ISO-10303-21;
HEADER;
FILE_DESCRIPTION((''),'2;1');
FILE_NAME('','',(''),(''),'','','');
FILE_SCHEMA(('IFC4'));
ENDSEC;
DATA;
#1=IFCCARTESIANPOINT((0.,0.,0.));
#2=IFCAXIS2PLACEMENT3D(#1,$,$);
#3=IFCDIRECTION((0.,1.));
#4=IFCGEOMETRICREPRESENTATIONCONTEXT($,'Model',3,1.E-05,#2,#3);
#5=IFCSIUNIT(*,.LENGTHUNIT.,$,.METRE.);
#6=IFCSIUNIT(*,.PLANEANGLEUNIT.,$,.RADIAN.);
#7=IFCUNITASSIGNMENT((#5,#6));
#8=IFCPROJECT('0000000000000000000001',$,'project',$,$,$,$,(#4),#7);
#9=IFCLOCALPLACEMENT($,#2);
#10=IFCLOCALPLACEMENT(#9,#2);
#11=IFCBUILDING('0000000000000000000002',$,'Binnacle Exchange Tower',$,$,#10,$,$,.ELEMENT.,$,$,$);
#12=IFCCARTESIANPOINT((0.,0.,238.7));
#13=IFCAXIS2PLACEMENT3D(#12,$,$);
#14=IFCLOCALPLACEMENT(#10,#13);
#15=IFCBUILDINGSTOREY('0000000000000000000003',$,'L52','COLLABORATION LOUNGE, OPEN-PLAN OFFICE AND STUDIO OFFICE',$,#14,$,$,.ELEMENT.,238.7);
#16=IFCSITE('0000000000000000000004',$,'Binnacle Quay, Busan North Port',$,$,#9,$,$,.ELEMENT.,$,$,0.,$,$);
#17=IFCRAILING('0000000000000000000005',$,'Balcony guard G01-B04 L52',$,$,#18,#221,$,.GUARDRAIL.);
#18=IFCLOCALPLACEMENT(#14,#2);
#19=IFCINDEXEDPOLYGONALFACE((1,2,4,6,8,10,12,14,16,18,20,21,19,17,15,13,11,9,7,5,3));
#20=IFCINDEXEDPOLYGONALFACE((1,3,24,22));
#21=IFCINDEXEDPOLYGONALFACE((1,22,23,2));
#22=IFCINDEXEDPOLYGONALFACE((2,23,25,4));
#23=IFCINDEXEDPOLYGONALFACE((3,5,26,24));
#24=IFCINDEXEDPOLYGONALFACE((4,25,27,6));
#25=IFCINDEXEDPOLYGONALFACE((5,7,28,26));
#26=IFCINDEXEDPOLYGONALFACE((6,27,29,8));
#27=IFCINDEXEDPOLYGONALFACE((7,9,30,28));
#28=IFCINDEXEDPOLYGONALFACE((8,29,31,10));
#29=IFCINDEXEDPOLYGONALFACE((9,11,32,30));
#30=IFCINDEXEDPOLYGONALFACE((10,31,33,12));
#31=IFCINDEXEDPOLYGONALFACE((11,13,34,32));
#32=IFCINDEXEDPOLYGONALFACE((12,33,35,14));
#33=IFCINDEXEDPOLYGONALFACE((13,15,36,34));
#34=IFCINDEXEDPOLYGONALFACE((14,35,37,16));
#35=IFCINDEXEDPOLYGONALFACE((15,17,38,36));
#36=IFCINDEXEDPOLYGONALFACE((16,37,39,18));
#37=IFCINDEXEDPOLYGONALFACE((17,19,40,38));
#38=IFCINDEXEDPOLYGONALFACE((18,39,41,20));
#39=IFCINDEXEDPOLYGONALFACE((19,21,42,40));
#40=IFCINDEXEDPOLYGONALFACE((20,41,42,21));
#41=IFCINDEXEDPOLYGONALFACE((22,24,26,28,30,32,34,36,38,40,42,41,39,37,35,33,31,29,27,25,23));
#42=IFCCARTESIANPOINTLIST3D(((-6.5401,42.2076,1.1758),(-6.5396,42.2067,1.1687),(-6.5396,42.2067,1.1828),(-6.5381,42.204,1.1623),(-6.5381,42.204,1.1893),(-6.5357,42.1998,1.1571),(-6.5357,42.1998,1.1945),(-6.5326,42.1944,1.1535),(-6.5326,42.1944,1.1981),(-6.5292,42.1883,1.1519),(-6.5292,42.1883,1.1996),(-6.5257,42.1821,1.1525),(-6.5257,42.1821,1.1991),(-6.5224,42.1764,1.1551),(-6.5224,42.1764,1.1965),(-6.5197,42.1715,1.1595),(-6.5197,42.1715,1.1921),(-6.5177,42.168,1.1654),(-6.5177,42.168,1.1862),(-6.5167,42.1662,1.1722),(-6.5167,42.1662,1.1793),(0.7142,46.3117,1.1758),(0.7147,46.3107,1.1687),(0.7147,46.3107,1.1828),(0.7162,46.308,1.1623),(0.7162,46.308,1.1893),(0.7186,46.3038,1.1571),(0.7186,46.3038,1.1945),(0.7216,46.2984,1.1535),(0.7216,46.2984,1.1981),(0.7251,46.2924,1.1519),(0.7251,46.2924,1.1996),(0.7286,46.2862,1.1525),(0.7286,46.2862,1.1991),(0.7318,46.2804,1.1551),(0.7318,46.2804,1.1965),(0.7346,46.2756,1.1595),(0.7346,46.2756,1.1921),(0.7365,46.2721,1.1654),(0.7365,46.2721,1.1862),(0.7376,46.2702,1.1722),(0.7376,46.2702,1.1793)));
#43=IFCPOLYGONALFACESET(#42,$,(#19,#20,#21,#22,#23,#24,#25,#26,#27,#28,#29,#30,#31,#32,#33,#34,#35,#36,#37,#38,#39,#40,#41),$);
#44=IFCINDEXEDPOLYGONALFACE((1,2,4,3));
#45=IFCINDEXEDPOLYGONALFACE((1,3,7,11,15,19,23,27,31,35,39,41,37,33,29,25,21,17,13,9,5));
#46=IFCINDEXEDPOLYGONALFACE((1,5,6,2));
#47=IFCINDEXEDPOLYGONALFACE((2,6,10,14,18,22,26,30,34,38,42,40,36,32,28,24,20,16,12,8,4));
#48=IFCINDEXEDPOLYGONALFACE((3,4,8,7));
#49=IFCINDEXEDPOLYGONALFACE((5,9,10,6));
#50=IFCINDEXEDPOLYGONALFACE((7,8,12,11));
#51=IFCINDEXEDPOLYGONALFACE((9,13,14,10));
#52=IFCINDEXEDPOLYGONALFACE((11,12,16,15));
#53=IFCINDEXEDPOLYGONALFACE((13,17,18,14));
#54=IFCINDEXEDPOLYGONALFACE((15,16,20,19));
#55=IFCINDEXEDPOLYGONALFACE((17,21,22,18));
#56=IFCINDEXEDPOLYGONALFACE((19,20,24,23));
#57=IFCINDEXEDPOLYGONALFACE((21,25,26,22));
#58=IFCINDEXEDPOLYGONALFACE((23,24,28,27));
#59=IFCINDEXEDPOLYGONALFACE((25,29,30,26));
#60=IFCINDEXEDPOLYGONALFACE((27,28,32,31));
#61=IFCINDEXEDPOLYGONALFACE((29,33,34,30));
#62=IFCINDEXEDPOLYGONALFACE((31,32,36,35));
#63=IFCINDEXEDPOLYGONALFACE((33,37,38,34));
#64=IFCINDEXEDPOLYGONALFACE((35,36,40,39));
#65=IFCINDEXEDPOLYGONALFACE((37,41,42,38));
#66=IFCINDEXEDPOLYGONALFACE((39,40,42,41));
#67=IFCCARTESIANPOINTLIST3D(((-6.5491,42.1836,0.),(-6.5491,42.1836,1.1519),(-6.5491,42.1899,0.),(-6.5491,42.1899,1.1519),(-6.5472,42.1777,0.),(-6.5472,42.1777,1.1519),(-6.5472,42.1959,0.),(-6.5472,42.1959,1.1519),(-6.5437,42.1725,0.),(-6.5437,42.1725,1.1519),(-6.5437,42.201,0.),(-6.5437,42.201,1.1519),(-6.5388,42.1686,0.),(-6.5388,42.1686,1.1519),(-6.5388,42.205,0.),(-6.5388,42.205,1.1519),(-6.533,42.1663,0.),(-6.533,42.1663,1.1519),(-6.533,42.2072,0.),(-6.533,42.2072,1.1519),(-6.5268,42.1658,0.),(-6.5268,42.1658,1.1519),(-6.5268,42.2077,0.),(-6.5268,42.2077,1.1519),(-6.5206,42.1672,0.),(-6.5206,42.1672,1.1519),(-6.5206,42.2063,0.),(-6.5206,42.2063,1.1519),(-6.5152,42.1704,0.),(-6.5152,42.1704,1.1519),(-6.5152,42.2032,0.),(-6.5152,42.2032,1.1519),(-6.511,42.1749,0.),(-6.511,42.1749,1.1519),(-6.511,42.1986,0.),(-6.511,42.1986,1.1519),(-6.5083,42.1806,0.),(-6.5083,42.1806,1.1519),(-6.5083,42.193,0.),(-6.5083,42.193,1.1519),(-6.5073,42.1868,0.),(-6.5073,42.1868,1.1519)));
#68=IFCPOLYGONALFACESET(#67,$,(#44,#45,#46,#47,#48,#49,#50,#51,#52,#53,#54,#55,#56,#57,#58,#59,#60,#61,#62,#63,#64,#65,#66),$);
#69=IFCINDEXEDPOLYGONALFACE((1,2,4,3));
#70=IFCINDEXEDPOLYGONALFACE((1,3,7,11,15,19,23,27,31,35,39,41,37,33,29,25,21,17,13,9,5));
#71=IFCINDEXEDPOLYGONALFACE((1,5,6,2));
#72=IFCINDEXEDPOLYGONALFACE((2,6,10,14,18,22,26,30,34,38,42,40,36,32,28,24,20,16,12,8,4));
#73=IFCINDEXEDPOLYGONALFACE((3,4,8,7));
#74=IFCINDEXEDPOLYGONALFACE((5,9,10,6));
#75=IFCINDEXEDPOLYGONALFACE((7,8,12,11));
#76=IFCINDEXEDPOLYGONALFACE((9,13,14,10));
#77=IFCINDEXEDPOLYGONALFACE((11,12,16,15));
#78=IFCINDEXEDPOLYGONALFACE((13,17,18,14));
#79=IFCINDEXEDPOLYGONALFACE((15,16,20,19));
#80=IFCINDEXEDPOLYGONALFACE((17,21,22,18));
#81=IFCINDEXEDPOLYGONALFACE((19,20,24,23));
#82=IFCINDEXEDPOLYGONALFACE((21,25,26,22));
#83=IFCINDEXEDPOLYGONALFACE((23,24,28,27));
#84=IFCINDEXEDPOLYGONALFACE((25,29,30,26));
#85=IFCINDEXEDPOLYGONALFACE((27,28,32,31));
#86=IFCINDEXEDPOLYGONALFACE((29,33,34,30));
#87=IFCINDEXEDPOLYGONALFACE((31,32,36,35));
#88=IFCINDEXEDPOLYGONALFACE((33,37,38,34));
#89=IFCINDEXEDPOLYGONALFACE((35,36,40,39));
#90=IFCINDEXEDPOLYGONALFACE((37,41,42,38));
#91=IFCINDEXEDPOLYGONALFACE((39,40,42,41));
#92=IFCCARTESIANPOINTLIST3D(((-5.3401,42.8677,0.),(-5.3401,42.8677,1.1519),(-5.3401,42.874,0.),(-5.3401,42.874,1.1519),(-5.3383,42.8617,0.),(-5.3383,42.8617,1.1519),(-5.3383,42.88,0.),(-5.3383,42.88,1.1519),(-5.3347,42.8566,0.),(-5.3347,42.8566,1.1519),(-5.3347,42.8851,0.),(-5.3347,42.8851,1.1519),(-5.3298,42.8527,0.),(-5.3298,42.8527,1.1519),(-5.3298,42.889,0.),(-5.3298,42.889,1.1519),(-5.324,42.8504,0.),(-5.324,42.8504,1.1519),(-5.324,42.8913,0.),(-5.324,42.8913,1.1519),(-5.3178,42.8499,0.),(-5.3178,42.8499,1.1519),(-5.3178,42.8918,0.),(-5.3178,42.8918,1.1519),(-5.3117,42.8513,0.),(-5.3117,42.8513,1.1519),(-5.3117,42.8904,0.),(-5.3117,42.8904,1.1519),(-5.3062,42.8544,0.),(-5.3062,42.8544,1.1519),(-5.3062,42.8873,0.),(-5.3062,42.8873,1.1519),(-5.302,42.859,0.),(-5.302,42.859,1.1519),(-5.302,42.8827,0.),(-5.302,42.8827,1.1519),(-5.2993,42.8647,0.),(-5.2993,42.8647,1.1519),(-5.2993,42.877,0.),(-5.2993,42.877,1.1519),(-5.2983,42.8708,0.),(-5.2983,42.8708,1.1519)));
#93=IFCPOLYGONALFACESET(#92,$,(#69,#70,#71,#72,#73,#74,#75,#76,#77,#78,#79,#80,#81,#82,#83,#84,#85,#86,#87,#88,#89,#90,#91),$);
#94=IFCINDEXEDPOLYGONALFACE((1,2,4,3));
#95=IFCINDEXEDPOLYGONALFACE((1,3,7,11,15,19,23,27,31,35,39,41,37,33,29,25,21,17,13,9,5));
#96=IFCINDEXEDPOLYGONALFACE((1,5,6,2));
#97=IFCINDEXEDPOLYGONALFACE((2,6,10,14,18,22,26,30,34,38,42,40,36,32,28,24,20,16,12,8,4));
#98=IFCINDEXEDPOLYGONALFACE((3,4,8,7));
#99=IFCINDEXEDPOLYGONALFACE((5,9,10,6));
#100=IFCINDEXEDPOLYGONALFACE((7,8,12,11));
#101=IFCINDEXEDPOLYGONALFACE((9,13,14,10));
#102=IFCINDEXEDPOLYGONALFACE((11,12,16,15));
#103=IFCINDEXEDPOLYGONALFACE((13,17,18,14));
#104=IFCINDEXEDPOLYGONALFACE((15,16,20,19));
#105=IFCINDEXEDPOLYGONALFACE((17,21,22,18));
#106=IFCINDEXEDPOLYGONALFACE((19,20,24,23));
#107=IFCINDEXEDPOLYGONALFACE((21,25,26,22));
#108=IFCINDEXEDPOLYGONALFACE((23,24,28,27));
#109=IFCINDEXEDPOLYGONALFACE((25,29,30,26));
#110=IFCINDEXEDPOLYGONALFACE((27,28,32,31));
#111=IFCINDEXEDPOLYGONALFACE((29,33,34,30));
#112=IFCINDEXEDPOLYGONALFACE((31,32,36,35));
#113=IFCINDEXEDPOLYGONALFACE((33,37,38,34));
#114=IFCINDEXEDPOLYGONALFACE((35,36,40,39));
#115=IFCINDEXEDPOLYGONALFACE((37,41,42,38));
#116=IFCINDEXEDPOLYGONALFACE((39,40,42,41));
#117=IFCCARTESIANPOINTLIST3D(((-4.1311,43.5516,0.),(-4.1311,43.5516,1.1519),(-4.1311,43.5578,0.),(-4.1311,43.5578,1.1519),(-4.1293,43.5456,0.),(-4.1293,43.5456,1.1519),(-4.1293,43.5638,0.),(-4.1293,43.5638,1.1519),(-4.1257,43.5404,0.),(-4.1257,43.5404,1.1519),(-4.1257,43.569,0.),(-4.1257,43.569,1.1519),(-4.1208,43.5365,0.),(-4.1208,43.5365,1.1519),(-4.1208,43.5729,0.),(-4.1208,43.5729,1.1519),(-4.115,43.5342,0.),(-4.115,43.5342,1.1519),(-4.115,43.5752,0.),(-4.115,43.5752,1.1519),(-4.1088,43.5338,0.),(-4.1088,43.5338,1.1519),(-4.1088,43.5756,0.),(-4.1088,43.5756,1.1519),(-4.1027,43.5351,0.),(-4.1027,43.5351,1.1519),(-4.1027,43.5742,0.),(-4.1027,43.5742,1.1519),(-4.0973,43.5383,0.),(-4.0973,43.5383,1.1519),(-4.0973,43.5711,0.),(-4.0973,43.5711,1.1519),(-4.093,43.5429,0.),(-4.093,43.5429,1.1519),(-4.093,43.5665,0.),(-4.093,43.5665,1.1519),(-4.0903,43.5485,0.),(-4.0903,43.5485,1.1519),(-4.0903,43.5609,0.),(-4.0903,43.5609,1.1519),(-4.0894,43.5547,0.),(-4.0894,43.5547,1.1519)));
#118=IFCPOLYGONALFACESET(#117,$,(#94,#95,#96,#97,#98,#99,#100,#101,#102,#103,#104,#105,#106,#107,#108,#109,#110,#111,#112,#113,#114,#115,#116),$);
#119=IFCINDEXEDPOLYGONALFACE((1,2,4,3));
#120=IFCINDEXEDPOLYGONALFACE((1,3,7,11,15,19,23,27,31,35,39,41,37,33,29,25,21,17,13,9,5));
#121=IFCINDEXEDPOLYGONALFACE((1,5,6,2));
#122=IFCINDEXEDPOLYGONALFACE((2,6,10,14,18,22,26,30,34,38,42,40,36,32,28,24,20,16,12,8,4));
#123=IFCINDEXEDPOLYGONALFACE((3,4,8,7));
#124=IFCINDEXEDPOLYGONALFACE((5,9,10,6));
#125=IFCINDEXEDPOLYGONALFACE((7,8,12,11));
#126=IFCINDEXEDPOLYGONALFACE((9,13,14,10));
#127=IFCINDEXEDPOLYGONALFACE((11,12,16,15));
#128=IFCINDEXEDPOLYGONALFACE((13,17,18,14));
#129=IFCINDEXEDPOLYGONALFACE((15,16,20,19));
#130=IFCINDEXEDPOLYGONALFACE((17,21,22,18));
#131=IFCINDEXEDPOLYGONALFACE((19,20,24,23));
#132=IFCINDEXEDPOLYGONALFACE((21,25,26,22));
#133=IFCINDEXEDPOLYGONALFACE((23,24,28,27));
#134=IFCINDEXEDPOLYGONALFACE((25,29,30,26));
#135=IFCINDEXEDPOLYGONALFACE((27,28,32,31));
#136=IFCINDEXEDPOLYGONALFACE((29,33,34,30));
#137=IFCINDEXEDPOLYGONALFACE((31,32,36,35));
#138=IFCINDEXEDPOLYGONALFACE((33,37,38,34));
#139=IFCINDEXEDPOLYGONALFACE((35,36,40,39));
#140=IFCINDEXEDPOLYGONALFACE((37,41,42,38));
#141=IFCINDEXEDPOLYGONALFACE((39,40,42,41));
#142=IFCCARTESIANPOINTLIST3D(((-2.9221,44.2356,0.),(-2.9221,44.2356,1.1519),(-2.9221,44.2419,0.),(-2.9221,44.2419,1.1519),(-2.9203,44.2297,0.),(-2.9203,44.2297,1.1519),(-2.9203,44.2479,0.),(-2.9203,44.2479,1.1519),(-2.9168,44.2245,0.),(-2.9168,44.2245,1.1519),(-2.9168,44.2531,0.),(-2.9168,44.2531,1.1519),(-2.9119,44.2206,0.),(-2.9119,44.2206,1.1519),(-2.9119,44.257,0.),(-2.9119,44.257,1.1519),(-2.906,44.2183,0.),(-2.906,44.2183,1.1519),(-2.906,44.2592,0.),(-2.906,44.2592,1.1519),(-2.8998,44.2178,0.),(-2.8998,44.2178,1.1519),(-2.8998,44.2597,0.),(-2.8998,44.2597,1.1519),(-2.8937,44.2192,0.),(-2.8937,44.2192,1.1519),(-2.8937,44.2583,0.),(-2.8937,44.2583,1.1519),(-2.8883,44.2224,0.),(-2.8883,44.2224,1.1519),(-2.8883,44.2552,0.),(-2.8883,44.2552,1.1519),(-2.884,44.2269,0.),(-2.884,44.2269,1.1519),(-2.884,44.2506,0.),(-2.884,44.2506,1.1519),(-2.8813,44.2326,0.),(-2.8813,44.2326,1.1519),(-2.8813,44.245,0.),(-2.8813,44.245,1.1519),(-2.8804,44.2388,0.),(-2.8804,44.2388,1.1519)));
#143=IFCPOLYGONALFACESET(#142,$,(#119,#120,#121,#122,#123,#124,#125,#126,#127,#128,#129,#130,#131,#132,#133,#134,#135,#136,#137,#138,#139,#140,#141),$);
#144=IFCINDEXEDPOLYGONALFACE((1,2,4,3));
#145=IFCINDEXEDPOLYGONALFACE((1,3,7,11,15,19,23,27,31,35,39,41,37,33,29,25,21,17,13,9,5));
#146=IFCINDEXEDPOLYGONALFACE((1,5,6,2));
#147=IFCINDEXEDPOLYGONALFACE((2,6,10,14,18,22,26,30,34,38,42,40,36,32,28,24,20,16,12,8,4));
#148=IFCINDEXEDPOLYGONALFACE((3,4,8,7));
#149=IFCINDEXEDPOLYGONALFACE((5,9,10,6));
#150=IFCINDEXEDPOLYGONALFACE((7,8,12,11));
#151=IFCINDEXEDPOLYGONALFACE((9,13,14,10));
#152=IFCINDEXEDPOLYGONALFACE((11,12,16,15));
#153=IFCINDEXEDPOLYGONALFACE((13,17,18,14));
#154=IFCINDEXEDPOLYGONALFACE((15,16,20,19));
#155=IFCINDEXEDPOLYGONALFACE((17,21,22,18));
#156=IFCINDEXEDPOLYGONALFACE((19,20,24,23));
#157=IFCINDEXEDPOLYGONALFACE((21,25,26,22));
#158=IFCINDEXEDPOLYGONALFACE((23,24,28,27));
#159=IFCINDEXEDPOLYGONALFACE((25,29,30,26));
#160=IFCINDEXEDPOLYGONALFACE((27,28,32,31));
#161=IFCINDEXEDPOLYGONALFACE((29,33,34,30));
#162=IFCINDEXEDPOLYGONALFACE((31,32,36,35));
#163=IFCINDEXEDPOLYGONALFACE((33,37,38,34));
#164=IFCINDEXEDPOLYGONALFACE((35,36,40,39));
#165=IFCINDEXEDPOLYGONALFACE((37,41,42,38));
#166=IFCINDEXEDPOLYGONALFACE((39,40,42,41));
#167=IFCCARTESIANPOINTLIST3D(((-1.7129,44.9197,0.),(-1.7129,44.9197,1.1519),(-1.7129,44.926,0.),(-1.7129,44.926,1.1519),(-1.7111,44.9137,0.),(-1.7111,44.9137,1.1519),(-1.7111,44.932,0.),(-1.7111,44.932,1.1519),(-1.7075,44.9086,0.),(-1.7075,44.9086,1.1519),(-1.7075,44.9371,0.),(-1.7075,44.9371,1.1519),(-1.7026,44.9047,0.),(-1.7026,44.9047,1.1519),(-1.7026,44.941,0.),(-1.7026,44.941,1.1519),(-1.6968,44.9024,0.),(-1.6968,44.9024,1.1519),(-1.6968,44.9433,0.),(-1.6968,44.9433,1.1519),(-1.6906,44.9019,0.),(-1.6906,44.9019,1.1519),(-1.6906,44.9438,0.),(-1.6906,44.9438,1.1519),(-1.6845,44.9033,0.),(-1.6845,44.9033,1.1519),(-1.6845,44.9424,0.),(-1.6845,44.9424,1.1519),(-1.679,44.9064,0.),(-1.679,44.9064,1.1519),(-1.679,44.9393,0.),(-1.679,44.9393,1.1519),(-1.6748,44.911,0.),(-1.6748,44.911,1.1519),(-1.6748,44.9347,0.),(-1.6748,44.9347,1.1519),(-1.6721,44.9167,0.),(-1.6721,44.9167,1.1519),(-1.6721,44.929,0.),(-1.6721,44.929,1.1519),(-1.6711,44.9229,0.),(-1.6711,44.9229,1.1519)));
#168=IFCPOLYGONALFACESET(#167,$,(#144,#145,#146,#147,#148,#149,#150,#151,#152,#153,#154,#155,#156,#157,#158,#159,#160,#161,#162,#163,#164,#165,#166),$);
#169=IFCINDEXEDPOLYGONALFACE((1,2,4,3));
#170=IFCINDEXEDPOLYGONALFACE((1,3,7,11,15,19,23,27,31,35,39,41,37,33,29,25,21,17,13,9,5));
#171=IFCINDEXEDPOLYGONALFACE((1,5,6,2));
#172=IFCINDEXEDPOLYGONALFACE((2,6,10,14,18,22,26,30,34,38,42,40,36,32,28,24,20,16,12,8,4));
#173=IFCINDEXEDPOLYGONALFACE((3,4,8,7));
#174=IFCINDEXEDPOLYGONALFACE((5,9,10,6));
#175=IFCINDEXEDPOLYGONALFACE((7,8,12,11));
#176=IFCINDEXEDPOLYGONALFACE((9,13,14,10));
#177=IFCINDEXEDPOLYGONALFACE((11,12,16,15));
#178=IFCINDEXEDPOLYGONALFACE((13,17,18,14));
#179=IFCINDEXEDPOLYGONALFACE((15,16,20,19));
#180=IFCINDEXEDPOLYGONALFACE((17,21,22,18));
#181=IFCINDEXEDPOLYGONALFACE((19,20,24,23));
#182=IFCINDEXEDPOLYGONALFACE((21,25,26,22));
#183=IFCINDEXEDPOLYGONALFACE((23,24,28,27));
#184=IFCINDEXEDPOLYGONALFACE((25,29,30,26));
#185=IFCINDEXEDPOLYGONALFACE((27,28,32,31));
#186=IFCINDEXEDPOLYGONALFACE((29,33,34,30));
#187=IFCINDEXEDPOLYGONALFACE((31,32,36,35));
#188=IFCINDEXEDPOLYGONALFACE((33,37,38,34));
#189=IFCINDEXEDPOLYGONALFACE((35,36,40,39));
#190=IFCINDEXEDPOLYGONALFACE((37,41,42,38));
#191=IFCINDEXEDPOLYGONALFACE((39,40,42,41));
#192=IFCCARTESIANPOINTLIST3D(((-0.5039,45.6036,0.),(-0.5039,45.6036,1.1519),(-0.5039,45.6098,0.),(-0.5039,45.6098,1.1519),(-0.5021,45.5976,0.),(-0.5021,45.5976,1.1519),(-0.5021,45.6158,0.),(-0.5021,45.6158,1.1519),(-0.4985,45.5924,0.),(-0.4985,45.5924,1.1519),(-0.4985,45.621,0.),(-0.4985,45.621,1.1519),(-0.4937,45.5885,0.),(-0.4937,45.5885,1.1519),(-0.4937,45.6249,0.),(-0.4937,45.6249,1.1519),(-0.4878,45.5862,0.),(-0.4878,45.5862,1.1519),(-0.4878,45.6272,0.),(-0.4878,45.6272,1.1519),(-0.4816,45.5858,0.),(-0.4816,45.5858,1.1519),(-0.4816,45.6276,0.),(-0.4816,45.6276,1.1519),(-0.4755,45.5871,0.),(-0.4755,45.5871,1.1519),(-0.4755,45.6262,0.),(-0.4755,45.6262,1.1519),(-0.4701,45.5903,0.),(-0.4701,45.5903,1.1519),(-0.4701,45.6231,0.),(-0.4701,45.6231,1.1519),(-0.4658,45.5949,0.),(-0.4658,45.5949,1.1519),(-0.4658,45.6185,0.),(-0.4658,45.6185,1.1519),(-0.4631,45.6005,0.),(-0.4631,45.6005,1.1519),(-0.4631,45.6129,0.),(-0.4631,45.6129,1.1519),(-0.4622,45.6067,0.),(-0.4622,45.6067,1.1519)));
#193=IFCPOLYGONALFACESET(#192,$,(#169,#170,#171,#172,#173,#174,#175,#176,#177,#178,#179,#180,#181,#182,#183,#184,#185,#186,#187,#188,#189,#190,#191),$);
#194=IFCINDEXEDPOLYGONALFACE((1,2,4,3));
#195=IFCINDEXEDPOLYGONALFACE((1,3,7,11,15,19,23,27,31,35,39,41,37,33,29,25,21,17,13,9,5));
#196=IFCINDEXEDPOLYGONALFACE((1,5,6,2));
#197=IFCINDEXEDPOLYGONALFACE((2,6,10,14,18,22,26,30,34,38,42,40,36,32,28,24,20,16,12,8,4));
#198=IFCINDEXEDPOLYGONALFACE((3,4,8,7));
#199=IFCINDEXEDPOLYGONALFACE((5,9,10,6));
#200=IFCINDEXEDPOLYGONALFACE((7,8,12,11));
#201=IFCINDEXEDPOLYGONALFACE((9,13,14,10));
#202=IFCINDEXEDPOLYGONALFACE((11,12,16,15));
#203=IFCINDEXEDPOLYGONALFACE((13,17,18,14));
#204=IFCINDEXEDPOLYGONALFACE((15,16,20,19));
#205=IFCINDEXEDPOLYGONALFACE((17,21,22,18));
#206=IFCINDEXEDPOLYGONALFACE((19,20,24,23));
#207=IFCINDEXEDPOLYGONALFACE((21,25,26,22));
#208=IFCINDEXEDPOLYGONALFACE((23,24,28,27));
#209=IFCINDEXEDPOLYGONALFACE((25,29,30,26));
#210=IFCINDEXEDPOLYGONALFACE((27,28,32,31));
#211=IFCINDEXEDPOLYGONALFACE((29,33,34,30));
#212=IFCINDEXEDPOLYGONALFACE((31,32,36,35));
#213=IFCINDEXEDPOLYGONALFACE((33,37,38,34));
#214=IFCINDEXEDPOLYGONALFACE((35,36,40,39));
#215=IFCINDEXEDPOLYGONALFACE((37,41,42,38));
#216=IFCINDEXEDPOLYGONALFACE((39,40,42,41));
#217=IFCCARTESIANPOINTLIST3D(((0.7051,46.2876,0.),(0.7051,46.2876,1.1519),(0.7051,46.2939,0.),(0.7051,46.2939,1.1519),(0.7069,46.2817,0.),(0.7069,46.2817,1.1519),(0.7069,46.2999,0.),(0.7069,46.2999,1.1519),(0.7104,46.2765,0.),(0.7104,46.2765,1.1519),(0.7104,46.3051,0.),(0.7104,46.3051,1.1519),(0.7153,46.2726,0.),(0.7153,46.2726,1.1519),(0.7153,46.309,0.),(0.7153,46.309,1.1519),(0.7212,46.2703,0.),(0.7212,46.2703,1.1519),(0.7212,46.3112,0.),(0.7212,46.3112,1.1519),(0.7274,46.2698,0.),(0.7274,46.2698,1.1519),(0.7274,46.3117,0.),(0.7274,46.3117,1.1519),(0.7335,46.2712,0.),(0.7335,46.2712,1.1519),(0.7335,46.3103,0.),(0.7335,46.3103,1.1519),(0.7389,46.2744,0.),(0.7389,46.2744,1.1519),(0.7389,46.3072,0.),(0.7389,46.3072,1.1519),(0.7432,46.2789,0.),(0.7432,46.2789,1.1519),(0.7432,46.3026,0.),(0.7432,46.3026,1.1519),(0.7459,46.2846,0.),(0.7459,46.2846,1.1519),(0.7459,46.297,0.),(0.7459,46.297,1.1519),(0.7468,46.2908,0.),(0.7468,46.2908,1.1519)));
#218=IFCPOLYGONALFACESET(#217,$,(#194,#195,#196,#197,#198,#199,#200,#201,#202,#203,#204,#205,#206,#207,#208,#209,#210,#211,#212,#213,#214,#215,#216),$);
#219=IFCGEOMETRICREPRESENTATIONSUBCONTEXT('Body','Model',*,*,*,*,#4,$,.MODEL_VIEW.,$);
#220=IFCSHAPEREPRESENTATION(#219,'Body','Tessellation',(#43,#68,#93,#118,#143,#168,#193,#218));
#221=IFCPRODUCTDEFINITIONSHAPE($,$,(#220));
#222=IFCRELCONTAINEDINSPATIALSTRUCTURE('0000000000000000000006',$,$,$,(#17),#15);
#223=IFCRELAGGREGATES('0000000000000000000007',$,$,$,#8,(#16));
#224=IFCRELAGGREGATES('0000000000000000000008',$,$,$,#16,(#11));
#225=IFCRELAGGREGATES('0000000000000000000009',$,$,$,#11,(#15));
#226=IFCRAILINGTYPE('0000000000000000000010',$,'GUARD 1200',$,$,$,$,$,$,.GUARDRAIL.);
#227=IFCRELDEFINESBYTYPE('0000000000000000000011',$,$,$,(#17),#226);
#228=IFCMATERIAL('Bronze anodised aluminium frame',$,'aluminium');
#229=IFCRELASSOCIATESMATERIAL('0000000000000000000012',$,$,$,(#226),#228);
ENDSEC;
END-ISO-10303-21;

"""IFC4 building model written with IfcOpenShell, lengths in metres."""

from ifc_helpers import new_model, si_unit, direction, frame, origin, origin_2d, place, context, subcontext, project, spatial, circle, extrude, material, type_object, element, save


model = new_model("IFC4")

# Units and contexts
model_context = context("Model", 3, precision=1e-05, world=origin(), true_north=direction((0.0, 1.0)))
body_context = subcontext(model_context, "Body", "Model", "MODEL_VIEW")
ifc_project = project(units=[si_unit("LENGTHUNIT", "METRE"), si_unit("PLANEANGLEUNIT", "RADIAN")], contexts=[model_context])

# Site, building, storey
site_placement = place(None, origin())
site = spatial("IfcSite", under=ifc_project, at=site_placement, Name="Binnacle Quay, Busan North Port", CompositionType="ELEMENT", RefElevation=0.0)
building_placement = place(site_placement, origin())
building = spatial("IfcBuilding", under=site, at=building_placement, Name="Binnacle Exchange Tower", CompositionType="ELEMENT")
storey_placement = place(building_placement, frame((0.0, 0.0, 238.7)))
storey = spatial("IfcBuildingStorey", under=building, at=storey_placement, Name="L52", Description="COLLABORATION LOUNGE, OPEN-PLAN OFFICE AND STUDIO OFFICE", CompositionType="ELEMENT", Elevation=238.7)

# Railing
ifc_material_1 = material(Name="Bronze anodised aluminium frame", Category="aluminium")
railing_type = type_object("IfcRailingType", Name="GUARD 1200", PredefinedType="GUARDRAIL", material=ifc_material_1)
railing_1_placement = place(storey_placement, frame((-6.5283, 42.1868, 0.0)))
element("IfcRailing", 1, at=railing_1_placement, inside=storey, type_object=railing_type, Name="Balcony guard G01-B04 L52", PredefinedType="GUARDRAIL", context=body_context, shape_type="SweptSolid", body=[
    extrude(circle(Radius=0.0239, at=origin_2d()), frame((0.0, 0.0, 1.1758), z_axis=(0.870366, 0.492406, 0.0), x_axis=(-0.492406, 0.870366, 0.0)), (0.0, 0.0, 1.0), 8.3347),
    extrude(circle(Radius=0.021, at=origin_2d()), origin(), (0.0, 0.0, 1.0), 1.1519),
    extrude(circle(Radius=0.021, at=origin_2d()), frame((1.209, 0.6841, 0.0)), (0.0, 0.0, 1.0), 1.1519),
    extrude(circle(Radius=0.021, at=origin_2d()), frame((2.418, 1.3679, 0.0)), (0.0, 0.0, 1.0), 1.1519),
    extrude(circle(Radius=0.021, at=origin_2d()), frame((3.627, 2.052, 0.0)), (0.0, 0.0, 1.0), 1.1519),
    extrude(circle(Radius=0.021, at=origin_2d()), frame((4.8362, 2.7361, 0.0)), (0.0, 0.0, 1.0), 1.1519),
    extrude(circle(Radius=0.021, at=origin_2d()), frame((6.0452, 3.4199, 0.0)), (0.0, 0.0, 1.0), 1.1519),
    extrude(circle(Radius=0.021, at=origin_2d()), frame((7.2542, 4.104, 0.0)), (0.0, 0.0, 1.0), 1.1519),
])

save(model, "model.ifc")
